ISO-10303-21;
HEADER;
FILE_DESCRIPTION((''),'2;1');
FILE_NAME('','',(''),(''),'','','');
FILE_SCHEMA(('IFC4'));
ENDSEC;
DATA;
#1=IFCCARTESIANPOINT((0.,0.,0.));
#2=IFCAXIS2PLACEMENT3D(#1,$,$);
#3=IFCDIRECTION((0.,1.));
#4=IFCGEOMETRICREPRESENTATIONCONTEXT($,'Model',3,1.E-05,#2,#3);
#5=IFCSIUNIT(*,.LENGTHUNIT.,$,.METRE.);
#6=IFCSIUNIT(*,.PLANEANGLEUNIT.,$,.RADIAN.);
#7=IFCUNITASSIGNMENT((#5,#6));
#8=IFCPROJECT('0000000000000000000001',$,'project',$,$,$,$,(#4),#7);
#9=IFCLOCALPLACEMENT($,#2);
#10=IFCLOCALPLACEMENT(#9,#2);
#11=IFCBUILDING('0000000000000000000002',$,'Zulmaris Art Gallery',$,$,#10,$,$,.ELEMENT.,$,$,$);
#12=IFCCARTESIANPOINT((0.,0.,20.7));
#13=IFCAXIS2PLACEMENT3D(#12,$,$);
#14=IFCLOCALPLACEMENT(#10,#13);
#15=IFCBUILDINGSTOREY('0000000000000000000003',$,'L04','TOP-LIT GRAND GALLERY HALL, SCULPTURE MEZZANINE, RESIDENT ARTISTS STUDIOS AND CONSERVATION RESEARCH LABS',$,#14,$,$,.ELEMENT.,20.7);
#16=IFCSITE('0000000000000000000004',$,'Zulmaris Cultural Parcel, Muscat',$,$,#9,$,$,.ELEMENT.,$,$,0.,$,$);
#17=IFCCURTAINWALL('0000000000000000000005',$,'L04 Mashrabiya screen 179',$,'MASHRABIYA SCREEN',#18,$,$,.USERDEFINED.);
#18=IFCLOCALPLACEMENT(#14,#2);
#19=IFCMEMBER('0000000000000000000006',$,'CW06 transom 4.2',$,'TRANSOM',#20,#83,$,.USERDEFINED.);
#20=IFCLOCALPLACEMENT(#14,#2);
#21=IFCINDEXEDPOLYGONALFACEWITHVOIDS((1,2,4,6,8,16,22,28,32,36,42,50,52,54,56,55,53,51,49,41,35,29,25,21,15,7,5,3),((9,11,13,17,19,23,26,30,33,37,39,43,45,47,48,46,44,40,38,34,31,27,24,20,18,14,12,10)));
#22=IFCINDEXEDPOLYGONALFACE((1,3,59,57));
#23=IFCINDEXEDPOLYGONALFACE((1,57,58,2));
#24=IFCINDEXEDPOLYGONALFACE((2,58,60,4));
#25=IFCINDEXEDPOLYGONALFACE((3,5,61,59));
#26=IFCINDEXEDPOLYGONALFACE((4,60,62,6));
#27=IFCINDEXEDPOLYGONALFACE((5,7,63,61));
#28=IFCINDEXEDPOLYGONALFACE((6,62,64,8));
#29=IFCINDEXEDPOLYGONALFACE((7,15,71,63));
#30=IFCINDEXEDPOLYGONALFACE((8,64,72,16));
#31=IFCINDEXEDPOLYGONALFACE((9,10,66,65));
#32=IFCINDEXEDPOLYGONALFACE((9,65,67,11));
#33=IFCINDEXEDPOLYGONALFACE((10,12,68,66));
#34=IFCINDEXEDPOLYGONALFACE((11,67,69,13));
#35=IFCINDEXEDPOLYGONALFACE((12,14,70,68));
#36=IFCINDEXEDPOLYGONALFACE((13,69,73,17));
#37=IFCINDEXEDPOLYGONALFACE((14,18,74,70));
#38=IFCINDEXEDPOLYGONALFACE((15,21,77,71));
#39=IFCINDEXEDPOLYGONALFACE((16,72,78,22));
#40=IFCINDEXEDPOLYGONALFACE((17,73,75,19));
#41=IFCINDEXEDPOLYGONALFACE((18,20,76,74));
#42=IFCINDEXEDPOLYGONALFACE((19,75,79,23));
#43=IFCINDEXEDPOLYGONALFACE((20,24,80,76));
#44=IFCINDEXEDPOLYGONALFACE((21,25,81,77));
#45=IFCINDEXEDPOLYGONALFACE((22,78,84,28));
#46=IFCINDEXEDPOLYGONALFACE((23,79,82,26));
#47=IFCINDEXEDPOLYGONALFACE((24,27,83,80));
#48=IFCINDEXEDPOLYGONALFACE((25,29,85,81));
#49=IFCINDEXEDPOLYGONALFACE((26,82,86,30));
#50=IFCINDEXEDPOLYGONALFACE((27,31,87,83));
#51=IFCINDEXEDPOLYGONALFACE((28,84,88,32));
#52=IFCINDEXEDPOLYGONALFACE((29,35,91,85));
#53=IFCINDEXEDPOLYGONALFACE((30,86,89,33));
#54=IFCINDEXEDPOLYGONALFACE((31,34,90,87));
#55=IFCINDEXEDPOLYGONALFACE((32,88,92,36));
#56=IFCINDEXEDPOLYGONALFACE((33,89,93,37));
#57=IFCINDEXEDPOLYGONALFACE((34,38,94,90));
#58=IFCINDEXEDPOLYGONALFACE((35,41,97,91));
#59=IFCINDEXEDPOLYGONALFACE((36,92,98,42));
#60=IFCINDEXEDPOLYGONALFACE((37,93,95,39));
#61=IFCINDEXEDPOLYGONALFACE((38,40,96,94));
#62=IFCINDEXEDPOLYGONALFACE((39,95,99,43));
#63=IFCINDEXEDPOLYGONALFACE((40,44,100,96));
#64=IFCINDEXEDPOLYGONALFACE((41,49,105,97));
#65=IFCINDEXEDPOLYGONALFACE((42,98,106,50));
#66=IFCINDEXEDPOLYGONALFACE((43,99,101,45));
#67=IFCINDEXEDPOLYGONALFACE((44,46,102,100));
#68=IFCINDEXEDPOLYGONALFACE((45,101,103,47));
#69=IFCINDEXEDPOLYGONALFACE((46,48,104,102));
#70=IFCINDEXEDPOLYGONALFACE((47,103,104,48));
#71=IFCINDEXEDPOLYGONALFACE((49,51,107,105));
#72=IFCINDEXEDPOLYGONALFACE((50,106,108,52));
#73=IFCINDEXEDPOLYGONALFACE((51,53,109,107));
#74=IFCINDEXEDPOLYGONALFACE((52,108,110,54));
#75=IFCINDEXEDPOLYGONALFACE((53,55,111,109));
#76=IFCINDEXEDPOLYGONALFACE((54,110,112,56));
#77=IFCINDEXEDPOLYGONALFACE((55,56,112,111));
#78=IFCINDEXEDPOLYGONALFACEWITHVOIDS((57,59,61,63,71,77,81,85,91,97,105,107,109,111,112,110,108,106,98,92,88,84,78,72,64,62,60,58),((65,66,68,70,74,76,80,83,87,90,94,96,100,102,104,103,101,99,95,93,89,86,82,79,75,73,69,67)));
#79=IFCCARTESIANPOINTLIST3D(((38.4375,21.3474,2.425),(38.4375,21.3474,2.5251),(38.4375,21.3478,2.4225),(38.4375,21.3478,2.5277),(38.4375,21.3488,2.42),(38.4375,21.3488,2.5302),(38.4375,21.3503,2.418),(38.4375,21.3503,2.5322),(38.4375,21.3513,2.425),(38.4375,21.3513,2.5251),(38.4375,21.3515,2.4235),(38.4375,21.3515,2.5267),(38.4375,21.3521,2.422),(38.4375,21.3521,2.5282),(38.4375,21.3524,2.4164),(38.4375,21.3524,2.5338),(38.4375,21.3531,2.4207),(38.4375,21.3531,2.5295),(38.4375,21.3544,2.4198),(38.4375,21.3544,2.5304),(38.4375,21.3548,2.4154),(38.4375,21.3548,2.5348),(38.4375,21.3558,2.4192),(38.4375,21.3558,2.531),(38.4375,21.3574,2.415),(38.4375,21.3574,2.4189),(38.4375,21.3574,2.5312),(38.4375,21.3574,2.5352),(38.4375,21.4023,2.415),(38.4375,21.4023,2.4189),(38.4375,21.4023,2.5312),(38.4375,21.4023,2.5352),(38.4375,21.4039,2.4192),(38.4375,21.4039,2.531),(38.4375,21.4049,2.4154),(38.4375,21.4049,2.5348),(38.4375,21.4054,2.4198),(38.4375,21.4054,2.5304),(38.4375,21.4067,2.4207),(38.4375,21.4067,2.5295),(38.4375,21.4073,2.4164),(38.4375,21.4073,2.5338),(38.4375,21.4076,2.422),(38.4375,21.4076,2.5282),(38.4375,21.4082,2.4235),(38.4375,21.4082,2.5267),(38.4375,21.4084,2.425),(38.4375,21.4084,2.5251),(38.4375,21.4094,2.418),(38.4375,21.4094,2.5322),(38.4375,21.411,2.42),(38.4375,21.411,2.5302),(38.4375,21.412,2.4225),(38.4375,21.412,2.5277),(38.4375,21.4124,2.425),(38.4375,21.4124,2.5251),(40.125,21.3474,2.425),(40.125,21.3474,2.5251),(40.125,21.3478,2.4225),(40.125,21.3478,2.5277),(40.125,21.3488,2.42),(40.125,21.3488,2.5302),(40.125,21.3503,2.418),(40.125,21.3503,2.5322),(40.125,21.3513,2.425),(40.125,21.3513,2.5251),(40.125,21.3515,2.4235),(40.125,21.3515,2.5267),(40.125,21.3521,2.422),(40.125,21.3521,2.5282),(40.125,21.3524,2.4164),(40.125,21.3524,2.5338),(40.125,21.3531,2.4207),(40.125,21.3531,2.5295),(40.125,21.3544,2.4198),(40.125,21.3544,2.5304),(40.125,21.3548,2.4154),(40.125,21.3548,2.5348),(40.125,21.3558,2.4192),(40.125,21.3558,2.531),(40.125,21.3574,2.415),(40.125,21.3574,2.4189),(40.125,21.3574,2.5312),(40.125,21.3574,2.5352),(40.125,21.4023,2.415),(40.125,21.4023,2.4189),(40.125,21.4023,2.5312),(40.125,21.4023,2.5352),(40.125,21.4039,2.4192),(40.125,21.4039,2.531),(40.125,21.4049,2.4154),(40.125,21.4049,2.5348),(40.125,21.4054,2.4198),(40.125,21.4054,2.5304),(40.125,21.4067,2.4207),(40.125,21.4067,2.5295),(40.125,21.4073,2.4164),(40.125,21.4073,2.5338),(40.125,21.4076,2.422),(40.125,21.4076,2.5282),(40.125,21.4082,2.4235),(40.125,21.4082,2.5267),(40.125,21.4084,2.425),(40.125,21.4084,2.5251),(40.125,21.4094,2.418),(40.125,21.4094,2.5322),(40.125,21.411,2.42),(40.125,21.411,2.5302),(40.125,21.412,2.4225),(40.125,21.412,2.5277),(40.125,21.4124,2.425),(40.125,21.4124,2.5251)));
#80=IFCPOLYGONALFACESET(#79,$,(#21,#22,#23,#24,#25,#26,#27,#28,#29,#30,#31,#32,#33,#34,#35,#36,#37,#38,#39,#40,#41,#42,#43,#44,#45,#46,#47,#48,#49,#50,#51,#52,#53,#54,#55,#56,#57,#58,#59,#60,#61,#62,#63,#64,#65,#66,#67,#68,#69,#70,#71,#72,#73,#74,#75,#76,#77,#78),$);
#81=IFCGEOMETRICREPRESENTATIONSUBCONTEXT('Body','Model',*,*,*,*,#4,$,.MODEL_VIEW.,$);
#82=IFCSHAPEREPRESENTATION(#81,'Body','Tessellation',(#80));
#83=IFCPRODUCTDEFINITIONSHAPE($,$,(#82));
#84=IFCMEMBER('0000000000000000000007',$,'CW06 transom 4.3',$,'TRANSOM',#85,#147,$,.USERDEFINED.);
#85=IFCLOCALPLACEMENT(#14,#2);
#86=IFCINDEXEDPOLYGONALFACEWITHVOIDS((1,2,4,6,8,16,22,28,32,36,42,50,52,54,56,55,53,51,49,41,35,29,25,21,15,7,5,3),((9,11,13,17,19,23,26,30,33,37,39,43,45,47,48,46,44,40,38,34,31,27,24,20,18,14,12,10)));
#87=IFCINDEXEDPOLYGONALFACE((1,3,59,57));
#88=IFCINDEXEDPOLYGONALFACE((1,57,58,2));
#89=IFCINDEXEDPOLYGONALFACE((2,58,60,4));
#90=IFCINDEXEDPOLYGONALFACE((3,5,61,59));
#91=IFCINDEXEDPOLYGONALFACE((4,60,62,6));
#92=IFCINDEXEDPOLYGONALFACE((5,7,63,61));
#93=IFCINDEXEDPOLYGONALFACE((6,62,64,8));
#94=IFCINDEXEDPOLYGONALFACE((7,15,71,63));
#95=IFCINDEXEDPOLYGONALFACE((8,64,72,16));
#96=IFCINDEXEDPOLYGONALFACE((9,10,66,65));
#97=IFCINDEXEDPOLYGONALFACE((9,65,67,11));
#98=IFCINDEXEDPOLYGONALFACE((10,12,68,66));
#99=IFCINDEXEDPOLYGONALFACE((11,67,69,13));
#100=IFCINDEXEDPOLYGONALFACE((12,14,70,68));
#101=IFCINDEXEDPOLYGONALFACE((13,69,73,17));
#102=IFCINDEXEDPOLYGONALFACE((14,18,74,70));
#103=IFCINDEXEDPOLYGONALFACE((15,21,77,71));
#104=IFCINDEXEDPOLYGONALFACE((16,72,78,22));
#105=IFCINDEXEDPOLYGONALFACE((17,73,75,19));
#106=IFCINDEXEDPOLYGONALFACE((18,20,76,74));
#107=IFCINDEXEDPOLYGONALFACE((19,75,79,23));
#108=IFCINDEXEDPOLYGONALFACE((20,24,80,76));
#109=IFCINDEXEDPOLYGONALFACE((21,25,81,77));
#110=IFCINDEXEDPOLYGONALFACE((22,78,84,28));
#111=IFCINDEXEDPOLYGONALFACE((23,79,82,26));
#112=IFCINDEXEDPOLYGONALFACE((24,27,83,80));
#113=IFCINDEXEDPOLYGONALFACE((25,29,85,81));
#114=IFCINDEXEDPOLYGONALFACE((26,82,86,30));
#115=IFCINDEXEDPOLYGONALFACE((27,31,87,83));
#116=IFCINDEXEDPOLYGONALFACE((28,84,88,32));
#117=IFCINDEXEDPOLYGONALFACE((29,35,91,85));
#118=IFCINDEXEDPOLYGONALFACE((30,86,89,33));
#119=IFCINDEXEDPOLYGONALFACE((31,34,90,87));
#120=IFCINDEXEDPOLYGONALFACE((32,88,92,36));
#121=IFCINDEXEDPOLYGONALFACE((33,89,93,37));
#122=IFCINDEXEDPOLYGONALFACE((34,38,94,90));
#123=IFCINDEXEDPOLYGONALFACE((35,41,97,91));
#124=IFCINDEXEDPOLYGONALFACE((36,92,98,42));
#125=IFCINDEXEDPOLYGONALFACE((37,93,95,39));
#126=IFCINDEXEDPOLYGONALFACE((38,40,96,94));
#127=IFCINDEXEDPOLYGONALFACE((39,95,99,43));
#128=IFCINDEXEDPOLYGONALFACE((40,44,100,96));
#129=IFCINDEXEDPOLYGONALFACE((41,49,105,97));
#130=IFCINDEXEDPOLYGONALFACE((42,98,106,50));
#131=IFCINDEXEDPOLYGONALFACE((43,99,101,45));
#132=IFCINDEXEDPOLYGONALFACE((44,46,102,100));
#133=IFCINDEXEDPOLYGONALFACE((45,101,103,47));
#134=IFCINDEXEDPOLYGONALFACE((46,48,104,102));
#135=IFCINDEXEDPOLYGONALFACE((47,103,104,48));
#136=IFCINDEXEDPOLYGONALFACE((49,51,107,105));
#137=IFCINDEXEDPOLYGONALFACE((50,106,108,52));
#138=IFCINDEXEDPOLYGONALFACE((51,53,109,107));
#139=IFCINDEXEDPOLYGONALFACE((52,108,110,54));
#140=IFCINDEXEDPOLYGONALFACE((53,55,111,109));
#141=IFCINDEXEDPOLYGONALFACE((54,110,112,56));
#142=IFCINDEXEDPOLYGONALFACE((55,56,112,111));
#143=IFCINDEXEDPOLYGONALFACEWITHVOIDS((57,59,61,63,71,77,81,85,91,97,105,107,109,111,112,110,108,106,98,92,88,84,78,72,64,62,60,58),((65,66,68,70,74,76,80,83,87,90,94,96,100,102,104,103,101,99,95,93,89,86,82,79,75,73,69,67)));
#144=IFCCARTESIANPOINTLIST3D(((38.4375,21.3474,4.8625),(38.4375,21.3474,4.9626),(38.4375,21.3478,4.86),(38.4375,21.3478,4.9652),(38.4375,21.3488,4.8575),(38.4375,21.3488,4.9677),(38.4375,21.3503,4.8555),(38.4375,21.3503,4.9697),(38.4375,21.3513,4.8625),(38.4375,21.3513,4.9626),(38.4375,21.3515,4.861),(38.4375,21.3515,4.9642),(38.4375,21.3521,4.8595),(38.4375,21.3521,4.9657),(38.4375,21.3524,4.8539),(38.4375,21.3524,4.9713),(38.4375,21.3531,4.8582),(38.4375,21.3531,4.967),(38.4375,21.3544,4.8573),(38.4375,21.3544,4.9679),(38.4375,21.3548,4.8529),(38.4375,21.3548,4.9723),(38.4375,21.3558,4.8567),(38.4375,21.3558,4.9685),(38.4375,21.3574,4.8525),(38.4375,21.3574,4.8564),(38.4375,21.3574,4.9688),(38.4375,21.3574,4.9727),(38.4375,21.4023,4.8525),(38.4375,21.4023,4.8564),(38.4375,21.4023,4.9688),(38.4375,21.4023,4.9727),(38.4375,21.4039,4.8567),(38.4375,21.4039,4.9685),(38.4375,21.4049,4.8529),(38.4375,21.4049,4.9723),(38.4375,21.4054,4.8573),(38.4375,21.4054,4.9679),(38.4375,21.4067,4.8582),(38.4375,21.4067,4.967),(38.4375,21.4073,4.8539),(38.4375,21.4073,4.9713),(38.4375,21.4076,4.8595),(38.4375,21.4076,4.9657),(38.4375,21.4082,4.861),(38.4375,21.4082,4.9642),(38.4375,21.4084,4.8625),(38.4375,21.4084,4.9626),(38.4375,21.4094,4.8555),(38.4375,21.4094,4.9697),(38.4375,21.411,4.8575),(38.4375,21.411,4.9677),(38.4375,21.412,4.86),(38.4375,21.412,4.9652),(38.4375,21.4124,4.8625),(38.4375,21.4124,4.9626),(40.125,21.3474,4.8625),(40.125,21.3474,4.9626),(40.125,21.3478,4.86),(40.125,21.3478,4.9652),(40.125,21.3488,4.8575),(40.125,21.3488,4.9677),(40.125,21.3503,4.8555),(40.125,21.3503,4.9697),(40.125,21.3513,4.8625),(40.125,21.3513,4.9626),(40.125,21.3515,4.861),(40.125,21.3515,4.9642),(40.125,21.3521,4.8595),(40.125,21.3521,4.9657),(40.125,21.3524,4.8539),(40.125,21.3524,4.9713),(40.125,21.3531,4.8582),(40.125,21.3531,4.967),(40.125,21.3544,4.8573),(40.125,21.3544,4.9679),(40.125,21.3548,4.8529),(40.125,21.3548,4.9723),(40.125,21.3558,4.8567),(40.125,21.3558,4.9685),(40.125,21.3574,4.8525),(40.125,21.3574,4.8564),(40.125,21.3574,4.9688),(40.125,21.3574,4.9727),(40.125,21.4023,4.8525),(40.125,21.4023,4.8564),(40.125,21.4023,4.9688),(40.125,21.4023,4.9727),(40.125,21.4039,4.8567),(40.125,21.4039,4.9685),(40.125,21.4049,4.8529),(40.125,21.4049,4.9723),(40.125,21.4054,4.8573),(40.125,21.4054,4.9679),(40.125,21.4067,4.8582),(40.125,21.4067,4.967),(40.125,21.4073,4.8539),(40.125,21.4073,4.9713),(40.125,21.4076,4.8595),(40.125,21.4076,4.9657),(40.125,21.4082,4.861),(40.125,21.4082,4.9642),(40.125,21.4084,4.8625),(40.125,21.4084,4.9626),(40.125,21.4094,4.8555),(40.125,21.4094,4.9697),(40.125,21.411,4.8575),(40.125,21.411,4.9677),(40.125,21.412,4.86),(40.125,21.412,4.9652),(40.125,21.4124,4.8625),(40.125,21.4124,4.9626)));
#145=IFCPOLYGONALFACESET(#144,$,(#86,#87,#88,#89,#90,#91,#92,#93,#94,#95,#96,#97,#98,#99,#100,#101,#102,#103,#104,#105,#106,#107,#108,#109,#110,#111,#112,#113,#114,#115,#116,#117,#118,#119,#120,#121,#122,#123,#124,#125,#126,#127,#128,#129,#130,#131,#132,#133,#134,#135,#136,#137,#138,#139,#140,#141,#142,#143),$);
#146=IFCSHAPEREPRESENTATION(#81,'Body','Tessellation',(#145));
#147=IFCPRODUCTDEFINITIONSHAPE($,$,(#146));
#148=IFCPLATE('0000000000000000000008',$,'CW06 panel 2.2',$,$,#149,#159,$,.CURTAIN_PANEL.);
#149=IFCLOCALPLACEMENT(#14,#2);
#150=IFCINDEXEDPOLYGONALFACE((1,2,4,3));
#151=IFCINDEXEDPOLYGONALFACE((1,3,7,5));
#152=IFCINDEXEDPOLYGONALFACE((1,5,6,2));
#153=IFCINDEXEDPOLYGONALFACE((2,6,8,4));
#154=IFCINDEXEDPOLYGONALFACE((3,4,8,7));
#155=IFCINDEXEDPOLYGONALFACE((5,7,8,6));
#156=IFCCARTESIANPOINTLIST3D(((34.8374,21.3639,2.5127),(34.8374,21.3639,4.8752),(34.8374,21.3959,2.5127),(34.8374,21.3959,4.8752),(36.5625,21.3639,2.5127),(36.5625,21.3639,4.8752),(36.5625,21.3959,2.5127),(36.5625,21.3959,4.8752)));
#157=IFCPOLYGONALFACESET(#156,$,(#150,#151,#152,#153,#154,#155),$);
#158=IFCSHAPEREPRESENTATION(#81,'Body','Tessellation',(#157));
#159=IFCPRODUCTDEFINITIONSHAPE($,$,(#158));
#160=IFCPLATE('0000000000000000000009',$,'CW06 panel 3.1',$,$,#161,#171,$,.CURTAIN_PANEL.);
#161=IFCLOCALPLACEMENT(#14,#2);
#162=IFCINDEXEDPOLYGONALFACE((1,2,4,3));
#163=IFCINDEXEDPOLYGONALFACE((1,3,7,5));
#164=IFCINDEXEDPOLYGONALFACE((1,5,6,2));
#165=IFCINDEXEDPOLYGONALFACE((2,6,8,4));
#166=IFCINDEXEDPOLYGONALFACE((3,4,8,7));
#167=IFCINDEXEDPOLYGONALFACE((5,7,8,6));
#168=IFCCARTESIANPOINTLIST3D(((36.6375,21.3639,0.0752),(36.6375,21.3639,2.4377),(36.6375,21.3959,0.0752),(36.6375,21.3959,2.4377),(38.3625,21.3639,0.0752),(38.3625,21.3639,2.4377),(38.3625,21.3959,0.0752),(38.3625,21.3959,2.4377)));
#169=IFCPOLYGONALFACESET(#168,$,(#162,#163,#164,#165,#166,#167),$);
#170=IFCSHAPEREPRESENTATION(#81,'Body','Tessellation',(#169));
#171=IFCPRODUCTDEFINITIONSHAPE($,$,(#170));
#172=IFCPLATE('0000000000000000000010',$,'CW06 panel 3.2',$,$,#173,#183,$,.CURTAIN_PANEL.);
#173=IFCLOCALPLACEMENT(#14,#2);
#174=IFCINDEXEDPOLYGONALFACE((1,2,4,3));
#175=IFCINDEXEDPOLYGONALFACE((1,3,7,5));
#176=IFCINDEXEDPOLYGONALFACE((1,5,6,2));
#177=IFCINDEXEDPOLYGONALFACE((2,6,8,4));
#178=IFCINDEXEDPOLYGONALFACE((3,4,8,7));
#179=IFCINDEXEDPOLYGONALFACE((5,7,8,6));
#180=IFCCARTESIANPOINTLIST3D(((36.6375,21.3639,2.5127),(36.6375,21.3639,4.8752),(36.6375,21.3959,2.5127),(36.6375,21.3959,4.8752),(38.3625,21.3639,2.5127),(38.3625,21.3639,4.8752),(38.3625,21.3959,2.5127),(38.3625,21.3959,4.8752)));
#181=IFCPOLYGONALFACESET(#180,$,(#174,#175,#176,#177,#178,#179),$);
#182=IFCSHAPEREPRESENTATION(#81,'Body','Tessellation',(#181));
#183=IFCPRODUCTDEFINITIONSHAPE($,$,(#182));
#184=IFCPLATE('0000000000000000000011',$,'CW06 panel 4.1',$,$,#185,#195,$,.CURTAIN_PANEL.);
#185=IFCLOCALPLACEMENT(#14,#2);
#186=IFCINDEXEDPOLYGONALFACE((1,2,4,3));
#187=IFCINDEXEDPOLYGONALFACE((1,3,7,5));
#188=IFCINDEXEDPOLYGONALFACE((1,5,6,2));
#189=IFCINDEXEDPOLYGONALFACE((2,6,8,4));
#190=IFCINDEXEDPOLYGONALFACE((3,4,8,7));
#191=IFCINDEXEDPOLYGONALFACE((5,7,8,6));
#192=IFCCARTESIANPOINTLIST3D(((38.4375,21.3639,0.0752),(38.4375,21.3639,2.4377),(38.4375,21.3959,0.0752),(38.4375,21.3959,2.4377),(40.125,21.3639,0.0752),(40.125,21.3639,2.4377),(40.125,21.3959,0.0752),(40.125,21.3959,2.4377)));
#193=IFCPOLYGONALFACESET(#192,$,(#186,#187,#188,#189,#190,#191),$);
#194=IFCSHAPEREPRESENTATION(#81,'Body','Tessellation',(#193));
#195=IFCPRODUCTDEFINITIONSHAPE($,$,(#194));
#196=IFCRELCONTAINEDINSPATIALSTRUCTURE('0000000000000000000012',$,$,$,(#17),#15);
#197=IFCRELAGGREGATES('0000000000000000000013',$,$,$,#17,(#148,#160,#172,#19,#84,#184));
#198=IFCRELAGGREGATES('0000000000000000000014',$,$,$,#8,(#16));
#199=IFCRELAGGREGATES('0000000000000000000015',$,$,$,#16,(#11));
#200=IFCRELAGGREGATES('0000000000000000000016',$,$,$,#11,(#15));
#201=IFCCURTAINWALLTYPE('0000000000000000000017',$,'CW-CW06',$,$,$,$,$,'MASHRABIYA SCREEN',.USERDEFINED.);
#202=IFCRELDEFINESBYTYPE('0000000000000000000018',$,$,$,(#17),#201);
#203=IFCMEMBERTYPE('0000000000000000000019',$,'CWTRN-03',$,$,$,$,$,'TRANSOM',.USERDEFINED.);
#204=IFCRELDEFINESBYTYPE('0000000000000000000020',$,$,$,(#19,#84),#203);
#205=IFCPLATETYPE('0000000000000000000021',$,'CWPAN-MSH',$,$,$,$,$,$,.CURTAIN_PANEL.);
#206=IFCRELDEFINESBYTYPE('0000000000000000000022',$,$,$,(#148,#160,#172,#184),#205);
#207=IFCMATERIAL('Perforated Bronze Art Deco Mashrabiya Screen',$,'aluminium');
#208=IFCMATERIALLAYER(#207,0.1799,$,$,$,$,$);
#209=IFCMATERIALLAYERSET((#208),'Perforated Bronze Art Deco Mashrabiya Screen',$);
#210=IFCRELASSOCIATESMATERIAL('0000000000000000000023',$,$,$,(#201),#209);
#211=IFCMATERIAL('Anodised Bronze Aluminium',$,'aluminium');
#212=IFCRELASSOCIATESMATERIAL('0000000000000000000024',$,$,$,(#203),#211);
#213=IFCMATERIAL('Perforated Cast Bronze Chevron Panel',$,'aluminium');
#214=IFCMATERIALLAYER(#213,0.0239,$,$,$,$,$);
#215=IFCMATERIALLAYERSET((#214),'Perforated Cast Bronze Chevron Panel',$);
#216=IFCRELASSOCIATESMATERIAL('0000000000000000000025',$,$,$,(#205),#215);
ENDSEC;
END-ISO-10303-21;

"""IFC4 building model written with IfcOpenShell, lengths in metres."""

from ifc_helpers import new_model, si_unit, direction, frame, origin, origin_2d, place, context, subcontext, project, spatial, rectangle, hollow_rectangle, extrude, material, layer, layer_set, material_profile, profile_set, type_object, element, aggregate, save


model = new_model("IFC4")

# Units and contexts
model_context = context("Model", 3, precision=1e-05, world=origin(), true_north=direction((0.0, 1.0)))
body_context = subcontext(model_context, "Body", "Model", "MODEL_VIEW")
ifc_project = project(units=[si_unit("LENGTHUNIT", "METRE"), si_unit("PLANEANGLEUNIT", "RADIAN")], contexts=[model_context])

# Site, building, storey
site_placement = place(None, origin())
site = spatial("IfcSite", under=ifc_project, at=site_placement, Name="Zulmaris Cultural Parcel, Muscat", CompositionType="ELEMENT", RefElevation=0.0)
building_placement = place(site_placement, origin())
building = spatial("IfcBuilding", under=site, at=building_placement, Name="Zulmaris Art Gallery", CompositionType="ELEMENT")
storey_placement = place(building_placement, frame((0.0, 0.0, 20.7)))
storey = spatial("IfcBuildingStorey", under=building, at=storey_placement, Name="L04", Description="TOP-LIT GRAND GALLERY HALL, SCULPTURE MEZZANINE, RESIDENT ARTISTS STUDIOS AND CONSERVATION RESEARCH LABS", CompositionType="ELEMENT", Elevation=20.7)

# Shared definitions
ifc_material_1 = material(Name="Anodised Bronze Aluminium", Category="aluminium")

# Curtain wall
ifc_material_2 = material(Name="Perforated Bronze Art Deco Mashrabiya Screen", Category="aluminium")
ifc_layer_1 = layer(ifc_material_2, 0.1799)
ifc_layer_set_1 = layer_set([ifc_layer_1], Name="Perforated Bronze Art Deco Mashrabiya Screen")
curtain_wall_type_1 = type_object("IfcCurtainWallType", Name="CW-CW06", ElementType="MASHRABIYA SCREEN", PredefinedType="USERDEFINED", material=ifc_layer_set_1)
curtain_wall_1_placement = place(storey_placement, origin())
curtain_wall_1 = element("IfcCurtainWall", 1, at=curtain_wall_1_placement, inside=storey, type_object=curtain_wall_type_1, Name="L04 Mashrabiya screen 179", ObjectType="MASHRABIYA SCREEN", PredefinedType="USERDEFINED")

# Members
ifc_material_profile_1 = material_profile(ifc_material_1, hollow_rectangle(XDim=0.0649, YDim=0.1201, WallThickness=0.0039, InnerFilletRadius=0.0061, OuterFilletRadius=0.01, at=origin_2d()), Name="ALU 65x120x4")
ifc_profile_set_1 = profile_set([ifc_material_profile_1], Name="Anodised Bronze Aluminium")
member_type_1 = type_object("IfcMemberType", Name="CWTRN-03", ElementType="TRANSOM", PredefinedType="USERDEFINED", material=ifc_profile_set_1)
member_1_placement = place(storey_placement, frame((38.4375, 21.3799, 2.4751), z_axis=(1.0, 0.0, 0.0), x_axis=(0.0, 1.0, 0.0)))
member_1 = element("IfcMember", 2, at=member_1_placement, type_object=member_type_1, Name="CW06 transom 4.2", ObjectType="TRANSOM", PredefinedType="USERDEFINED", context=body_context, shape_type="SweptSolid", body=[
    extrude(hollow_rectangle(XDim=0.0649, YDim=0.1201, WallThickness=0.0039, InnerFilletRadius=0.0061, OuterFilletRadius=0.01, at=origin_2d()), origin(), (0.0, 0.0, 1.0), 1.6875),
])
member_2_placement = place(storey_placement, frame((38.4375, 21.3799, 4.9126), z_axis=(1.0, 0.0, 0.0), x_axis=(0.0, 1.0, 0.0)))
member_2 = element("IfcMember", 3, at=member_2_placement, type_object=member_type_1, Name="CW06 transom 4.3", ObjectType="TRANSOM", PredefinedType="USERDEFINED", context=body_context, shape_type="SweptSolid", body=[
    extrude(hollow_rectangle(XDim=0.0649, YDim=0.1201, WallThickness=0.0039, InnerFilletRadius=0.0061, OuterFilletRadius=0.01, at=origin_2d()), origin(), (0.0, 0.0, 1.0), 1.6875),
])

# Plates
ifc_material_3 = material(Name="Perforated Cast Bronze Chevron Panel", Category="aluminium")
ifc_layer_2 = layer(ifc_material_3, 0.0239)
ifc_layer_set_2 = layer_set([ifc_layer_2], Name="Perforated Cast Bronze Chevron Panel")
plate_type_1 = type_object("IfcPlateType", Name="CWPAN-MSH", PredefinedType="CURTAIN_PANEL", material=ifc_layer_set_2)
plate_1_placement = place(storey_placement, frame((35.7, 21.3799, 2.5127), z_axis=(0.0, 0.0, 1.0), x_axis=(1.0, 0.0, 0.0)))
plate_1 = element("IfcPlate", 4, at=plate_1_placement, type_object=plate_type_1, Name="CW06 panel 2.2", PredefinedType="CURTAIN_PANEL", context=body_context, shape_type="SweptSolid", body=[
    extrude(rectangle(XDim=1.7251, YDim=0.032, at=origin_2d()), origin(), (0.0, 0.0, 1.0), 2.3625),
])
plate_2_placement = place(storey_placement, frame((37.5, 21.3799, 0.0752), z_axis=(0.0, 0.0, 1.0), x_axis=(1.0, 0.0, 0.0)))
plate_2 = element("IfcPlate", 5, at=plate_2_placement, type_object=plate_type_1, Name="CW06 panel 3.1", PredefinedType="CURTAIN_PANEL", context=body_context, shape_type="SweptSolid", body=[
    extrude(rectangle(XDim=1.7251, YDim=0.032, at=origin_2d()), origin(), (0.0, 0.0, 1.0), 2.3625),
])
plate_3_placement = place(storey_placement, frame((37.5, 21.3799, 2.5127), z_axis=(0.0, 0.0, 1.0), x_axis=(1.0, 0.0, 0.0)))
plate_3 = element("IfcPlate", 6, at=plate_3_placement, type_object=plate_type_1, Name="CW06 panel 3.2", PredefinedType="CURTAIN_PANEL", context=body_context, shape_type="SweptSolid", body=[
    extrude(rectangle(XDim=1.7251, YDim=0.032, at=origin_2d()), origin(), (0.0, 0.0, 1.0), 2.3625),
])
plate_4_placement = place(storey_placement, frame((39.2812, 21.3799, 0.0752), z_axis=(0.0, 0.0, 1.0), x_axis=(1.0, 0.0, 0.0)))
plate_4 = element("IfcPlate", 7, at=plate_4_placement, type_object=plate_type_1, Name="CW06 panel 4.1", PredefinedType="CURTAIN_PANEL", context=body_context, shape_type="SweptSolid", body=[
    extrude(rectangle(XDim=1.6875, YDim=0.032, at=origin_2d()), origin(), (0.0, 0.0, 1.0), 2.3625),
])
aggregate(curtain_wall_1, [plate_1, plate_2, plate_3, member_1, member_2, plate_4])

save(model, "model.ifc")
